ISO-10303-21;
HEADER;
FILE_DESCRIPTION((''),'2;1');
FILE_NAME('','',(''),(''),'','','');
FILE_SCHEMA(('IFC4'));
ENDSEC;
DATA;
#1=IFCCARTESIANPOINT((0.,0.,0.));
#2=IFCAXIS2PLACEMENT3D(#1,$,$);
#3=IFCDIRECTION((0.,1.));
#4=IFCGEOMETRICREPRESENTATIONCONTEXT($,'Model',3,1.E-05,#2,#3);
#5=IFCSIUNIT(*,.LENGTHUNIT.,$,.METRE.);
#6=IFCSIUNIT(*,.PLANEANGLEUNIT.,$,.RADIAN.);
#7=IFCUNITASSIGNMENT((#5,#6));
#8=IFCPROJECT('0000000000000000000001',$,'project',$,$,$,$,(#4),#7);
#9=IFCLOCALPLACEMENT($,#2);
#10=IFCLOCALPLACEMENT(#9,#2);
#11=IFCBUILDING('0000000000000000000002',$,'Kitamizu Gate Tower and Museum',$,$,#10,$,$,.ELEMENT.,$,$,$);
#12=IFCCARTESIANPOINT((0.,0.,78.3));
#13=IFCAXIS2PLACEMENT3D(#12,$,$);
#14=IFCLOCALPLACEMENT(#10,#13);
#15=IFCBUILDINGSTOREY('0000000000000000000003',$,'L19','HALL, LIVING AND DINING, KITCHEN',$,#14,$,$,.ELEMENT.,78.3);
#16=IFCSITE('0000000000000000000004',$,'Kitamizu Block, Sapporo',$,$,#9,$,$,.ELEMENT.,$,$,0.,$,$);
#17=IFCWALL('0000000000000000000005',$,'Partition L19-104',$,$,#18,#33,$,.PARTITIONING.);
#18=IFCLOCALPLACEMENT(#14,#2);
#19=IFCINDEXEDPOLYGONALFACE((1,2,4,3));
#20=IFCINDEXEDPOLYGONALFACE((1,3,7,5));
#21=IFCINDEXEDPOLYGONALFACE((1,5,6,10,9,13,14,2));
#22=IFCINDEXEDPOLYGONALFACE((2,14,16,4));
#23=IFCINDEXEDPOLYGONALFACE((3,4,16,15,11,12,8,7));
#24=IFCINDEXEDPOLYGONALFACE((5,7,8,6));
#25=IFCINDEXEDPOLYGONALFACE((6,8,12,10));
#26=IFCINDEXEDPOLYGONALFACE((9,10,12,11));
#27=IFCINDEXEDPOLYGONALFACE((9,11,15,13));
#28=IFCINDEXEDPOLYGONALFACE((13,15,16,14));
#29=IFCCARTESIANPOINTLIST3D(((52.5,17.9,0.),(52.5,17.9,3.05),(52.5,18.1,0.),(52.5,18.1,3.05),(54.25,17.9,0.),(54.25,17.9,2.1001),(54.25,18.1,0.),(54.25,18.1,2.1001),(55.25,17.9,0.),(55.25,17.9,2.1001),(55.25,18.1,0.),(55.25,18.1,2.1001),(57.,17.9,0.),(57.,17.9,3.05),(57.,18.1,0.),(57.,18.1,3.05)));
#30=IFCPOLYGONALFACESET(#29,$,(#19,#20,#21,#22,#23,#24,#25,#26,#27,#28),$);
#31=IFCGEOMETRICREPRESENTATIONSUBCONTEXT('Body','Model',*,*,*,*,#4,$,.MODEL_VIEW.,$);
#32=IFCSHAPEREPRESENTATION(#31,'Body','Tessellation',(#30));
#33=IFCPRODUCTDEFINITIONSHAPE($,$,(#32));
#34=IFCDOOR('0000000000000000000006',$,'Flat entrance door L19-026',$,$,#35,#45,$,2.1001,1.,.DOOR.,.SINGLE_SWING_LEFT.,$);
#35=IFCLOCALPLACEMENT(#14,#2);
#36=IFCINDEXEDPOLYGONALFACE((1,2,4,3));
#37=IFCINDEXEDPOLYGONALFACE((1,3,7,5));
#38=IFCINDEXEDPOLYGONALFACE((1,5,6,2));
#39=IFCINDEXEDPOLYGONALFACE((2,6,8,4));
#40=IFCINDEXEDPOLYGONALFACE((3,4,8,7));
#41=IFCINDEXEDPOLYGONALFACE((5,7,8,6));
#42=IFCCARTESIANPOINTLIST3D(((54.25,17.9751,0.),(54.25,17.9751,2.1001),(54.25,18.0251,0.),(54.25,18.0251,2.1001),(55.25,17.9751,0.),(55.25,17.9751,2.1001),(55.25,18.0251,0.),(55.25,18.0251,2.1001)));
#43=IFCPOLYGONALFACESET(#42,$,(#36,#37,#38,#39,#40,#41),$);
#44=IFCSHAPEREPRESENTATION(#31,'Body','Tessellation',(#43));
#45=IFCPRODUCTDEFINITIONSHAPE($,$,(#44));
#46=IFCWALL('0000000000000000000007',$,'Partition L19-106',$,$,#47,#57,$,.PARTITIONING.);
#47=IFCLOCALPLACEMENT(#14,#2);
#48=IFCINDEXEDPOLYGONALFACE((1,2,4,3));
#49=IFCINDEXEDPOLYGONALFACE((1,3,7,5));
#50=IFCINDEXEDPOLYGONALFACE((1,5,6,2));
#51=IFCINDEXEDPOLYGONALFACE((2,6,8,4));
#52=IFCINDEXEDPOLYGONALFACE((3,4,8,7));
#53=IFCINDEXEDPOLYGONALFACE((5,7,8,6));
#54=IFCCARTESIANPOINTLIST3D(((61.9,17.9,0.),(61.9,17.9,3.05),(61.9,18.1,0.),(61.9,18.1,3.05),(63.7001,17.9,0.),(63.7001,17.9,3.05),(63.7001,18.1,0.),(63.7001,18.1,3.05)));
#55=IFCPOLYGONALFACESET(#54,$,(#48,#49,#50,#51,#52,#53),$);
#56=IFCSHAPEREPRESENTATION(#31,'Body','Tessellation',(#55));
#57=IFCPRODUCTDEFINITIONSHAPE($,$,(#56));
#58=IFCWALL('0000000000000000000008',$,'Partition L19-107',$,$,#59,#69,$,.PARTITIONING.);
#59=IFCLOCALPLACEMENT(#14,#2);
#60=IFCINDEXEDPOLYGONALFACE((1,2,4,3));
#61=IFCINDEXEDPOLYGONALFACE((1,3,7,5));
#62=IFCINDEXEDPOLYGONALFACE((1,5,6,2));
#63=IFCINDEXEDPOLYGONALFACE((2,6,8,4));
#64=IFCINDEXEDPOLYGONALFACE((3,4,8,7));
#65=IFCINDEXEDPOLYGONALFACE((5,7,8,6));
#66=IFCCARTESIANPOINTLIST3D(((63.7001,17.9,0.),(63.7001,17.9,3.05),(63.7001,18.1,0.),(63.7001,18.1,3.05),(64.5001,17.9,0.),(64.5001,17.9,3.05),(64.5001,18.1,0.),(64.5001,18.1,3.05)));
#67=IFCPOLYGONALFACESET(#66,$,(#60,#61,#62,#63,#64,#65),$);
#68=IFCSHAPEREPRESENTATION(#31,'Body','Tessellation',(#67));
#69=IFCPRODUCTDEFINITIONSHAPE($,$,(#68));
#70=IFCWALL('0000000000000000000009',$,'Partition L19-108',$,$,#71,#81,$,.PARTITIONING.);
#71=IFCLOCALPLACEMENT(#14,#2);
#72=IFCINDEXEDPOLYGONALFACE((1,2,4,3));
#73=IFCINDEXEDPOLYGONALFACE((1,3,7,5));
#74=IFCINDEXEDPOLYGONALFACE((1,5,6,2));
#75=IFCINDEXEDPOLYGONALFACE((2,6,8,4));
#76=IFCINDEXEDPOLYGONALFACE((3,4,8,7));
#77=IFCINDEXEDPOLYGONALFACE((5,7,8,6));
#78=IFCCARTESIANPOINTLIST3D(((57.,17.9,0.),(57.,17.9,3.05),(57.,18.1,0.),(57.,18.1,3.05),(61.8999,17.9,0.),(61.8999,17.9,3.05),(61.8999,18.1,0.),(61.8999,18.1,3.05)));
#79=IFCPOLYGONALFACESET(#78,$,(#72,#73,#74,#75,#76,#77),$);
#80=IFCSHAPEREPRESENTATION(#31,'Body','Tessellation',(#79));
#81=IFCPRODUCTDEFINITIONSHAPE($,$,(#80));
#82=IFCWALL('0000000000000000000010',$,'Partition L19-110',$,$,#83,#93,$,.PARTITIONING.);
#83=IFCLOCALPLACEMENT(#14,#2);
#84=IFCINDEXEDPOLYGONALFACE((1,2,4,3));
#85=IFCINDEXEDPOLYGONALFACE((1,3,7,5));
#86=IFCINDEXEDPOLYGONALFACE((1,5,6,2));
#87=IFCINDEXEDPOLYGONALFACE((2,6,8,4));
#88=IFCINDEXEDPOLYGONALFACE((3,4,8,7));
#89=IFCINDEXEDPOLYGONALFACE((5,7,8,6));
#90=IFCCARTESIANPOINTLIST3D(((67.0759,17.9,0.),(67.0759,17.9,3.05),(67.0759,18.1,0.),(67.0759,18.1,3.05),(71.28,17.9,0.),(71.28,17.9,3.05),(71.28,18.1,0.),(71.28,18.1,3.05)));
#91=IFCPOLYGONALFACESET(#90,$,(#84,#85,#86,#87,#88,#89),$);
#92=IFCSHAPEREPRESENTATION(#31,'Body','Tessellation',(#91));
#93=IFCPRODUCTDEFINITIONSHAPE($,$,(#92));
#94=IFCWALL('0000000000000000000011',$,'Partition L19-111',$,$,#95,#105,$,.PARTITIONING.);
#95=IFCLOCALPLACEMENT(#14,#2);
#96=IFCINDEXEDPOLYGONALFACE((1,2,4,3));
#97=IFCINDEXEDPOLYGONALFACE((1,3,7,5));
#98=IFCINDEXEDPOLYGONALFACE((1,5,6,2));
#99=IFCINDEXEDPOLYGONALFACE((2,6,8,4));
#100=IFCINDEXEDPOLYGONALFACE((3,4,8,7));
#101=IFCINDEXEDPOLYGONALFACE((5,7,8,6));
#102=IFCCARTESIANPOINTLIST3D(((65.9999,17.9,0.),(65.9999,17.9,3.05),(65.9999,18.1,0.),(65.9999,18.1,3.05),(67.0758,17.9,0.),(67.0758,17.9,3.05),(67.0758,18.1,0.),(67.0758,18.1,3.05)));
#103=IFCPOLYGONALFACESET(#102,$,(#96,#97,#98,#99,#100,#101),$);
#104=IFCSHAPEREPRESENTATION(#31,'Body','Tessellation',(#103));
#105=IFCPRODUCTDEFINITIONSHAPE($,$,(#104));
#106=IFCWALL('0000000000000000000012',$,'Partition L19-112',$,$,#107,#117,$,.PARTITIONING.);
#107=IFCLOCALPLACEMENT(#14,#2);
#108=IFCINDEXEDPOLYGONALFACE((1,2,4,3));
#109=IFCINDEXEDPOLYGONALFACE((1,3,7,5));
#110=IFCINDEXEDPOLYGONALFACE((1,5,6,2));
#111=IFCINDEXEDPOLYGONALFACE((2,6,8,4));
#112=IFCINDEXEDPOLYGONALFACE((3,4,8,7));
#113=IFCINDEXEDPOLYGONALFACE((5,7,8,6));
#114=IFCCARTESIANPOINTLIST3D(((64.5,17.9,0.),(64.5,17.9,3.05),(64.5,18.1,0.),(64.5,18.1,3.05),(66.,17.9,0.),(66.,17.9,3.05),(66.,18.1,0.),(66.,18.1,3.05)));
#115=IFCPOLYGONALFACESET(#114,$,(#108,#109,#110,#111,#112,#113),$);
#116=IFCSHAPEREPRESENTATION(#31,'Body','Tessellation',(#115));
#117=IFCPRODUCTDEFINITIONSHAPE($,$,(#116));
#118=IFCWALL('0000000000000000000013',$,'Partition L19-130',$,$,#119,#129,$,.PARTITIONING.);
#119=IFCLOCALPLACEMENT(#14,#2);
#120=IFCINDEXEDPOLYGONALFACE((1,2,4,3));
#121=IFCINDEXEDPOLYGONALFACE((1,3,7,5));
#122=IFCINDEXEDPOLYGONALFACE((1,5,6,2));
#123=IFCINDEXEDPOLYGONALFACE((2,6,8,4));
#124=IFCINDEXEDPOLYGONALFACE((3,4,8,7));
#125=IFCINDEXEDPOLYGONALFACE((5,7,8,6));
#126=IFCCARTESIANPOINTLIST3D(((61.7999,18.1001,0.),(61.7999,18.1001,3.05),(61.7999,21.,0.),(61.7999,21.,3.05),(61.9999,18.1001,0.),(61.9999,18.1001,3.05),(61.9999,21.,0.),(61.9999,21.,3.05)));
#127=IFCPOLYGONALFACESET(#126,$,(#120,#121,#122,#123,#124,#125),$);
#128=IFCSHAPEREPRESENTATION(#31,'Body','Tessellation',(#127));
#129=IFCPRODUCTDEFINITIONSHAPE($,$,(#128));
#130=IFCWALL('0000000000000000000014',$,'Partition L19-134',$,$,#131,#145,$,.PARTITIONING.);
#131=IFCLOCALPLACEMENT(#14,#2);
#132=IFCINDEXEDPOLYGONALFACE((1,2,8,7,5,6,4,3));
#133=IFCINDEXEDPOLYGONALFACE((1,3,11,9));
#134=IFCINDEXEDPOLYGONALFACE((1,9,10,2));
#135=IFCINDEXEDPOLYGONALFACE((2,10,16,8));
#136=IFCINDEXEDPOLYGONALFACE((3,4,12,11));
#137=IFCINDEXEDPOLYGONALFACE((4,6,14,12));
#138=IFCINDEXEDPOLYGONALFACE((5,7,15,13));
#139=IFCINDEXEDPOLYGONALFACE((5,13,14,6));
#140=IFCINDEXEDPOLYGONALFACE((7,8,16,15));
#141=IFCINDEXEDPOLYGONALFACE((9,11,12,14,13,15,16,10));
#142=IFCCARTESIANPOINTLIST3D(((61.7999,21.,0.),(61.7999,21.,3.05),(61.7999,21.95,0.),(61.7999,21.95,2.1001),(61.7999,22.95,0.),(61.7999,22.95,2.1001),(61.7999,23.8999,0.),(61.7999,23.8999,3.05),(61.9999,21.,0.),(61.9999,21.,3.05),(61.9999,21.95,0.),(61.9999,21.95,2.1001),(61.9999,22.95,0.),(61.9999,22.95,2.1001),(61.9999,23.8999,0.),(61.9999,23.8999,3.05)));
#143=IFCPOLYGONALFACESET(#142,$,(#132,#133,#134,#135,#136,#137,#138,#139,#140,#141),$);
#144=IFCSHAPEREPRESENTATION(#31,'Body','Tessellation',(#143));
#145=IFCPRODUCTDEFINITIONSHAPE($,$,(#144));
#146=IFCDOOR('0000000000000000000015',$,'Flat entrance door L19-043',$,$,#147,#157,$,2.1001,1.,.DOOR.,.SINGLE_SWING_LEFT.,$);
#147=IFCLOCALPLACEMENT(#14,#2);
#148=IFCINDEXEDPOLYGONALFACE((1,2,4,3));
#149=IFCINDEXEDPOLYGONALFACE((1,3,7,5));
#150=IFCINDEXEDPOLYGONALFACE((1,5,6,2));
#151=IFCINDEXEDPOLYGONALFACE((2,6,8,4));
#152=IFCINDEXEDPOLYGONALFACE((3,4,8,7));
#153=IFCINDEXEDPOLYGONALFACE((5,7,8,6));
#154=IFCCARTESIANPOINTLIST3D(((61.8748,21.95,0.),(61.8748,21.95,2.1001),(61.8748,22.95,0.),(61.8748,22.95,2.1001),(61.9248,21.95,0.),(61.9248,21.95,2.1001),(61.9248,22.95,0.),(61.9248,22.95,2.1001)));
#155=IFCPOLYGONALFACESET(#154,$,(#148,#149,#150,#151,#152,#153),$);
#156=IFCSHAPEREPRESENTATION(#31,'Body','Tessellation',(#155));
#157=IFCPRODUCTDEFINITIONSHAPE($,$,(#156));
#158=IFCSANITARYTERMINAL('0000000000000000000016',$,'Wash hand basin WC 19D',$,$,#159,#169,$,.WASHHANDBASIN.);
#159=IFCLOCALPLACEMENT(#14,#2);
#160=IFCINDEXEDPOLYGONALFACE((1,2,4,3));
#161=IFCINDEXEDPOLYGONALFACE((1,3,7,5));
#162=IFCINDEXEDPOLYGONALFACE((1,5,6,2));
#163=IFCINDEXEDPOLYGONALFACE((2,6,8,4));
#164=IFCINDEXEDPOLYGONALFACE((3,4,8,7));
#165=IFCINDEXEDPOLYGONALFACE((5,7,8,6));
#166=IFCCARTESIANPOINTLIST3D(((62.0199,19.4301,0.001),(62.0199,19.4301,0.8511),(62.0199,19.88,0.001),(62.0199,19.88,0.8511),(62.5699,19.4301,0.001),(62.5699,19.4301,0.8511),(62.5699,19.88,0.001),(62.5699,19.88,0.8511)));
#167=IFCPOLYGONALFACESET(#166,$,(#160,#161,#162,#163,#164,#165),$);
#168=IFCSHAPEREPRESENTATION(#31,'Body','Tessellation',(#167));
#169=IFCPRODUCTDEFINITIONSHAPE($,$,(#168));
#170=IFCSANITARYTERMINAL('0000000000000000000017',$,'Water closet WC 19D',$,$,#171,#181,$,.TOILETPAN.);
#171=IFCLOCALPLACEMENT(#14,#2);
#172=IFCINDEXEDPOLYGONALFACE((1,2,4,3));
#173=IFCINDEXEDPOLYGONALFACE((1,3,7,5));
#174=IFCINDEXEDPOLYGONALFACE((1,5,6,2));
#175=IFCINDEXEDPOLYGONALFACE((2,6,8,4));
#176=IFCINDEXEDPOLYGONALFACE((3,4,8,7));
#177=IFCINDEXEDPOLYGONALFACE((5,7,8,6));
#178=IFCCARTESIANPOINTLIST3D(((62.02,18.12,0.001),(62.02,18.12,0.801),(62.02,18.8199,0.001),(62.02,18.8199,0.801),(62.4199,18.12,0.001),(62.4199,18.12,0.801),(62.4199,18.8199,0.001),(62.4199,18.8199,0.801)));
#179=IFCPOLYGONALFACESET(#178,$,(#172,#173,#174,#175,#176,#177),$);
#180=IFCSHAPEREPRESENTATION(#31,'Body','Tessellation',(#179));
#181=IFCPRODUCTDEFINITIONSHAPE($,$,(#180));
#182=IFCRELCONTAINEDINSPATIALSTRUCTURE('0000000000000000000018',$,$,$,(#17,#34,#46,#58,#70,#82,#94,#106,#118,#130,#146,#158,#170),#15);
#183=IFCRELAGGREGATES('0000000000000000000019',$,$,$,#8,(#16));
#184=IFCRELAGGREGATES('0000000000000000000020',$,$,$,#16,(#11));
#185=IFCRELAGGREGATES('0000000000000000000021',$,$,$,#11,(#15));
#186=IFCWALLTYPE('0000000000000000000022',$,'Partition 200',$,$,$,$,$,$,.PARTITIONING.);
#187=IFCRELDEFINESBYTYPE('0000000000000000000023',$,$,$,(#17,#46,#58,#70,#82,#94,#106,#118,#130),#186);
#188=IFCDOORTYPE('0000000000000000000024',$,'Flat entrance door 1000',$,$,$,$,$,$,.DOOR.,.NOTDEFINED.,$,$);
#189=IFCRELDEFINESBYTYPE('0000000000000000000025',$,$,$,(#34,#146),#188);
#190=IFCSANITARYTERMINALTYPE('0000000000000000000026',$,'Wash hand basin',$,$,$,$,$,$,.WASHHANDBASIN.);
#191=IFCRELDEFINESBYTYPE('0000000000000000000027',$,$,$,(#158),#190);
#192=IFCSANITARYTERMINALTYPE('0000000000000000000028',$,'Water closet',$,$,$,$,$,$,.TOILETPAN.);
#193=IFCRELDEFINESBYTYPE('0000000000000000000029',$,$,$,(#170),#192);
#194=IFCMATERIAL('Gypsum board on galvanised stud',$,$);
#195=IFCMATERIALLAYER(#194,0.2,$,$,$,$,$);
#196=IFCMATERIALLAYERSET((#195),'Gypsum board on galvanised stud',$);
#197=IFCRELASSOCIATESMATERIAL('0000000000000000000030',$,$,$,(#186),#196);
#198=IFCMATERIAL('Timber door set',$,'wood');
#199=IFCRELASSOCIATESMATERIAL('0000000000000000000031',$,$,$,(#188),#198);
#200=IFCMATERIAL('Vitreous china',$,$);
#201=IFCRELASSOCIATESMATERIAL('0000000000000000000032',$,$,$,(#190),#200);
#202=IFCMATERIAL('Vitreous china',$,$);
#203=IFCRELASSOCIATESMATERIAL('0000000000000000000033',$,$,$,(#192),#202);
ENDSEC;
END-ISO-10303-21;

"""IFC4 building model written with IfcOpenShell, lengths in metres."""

from ifc_helpers import new_model, si_unit, direction, frame, frame_2d, origin, origin_2d, place, context, subcontext, project, spatial, rectangle, extrude, material, layer, layer_set, type_object, element, fill, save


model = new_model("IFC4")

# Units and contexts
model_context = context("Model", 3, precision=1e-05, world=origin(), true_north=direction((0.0, 1.0)))
body_context = subcontext(model_context, "Body", "Model", "MODEL_VIEW")
ifc_project = project(units=[si_unit("LENGTHUNIT", "METRE"), si_unit("PLANEANGLEUNIT", "RADIAN")], contexts=[model_context])

# Site, building, storey
site_placement = place(None, origin())
site = spatial("IfcSite", under=ifc_project, at=site_placement, Name="Kitamizu Block, Sapporo", CompositionType="ELEMENT", RefElevation=0.0)
building_placement = place(site_placement, origin())
building = spatial("IfcBuilding", under=site, at=building_placement, Name="Kitamizu Gate Tower and Museum", CompositionType="ELEMENT")
storey_placement = place(building_placement, frame((0.0, 0.0, 78.3)))
storey = spatial("IfcBuildingStorey", under=building, at=storey_placement, Name="L19", Description="HALL, LIVING AND DINING, KITCHEN", CompositionType="ELEMENT", Elevation=78.3)

# Wall, opening, door
ifc_material_1 = material(Name="Gypsum board on galvanised stud")
ifc_layer_1 = layer(ifc_material_1, 0.2)
ifc_layer_set_1 = layer_set([ifc_layer_1], Name="Gypsum board on galvanised stud")
wall_type_1 = type_object("IfcWallType", Name="Partition 200", PredefinedType="PARTITIONING", material=ifc_layer_set_1)
wall_1_placement = place(storey_placement, frame((57.0, 18.0, 0.0), z_axis=(0.0, 0.0, 1.0), x_axis=(-1.0, 0.0, 0.0)))
wall_1 = element("IfcWall", 1, at=wall_1_placement, inside=storey, type_object=wall_type_1, Name="Partition L19-104", PredefinedType="PARTITIONING", context=body_context, shape_type="SweptSolid", body=[
    extrude(rectangle(XDim=4.5, YDim=0.2, at=frame_2d((2.25, 0.0))), origin(), (0.0, 0.0, 1.0), 3.05),
])
opening_1_placement = place(wall_1_placement, frame((1.75, 0.0, 0.0)))
opening_1 = element("IfcOpeningElement", 2, at=opening_1_placement, cuts=wall_1, PredefinedType="OPENING", context=body_context, shape_type="SweptSolid", body=[
    extrude(rectangle(XDim=1.0, YDim=2.1001, at=frame_2d((0.5, 1.05))), frame((0.0, 0.1099, 0.0), z_axis=(0.0, -1.0, 0.0), x_axis=(1.0, 0.0, 0.0)), (0.0, 0.0, 1.0), 0.22),
])
ifc_material_2 = material(Name="Timber door set", Category="wood")
door_type_1 = type_object("IfcDoorType", Name="Flat entrance door 1000", OperationType="NOTDEFINED", PredefinedType="DOOR", material=ifc_material_2)
door_1_placement = place(opening_1_placement, origin())
door_1 = element("IfcDoor", 3, at=door_1_placement, inside=storey, type_object=door_type_1, Name="Flat entrance door L19-026", OperationType="SINGLE_SWING_LEFT", OverallHeight=2.1001, OverallWidth=1.0, PredefinedType="DOOR", context=body_context, shape_type="SweptSolid", body=[
    extrude(rectangle(XDim=1.0, YDim=2.1001, at=frame_2d((0.5, 1.05))), frame((0.0, 0.0249, 0.0), z_axis=(0.0, -1.0, 0.0), x_axis=(1.0, 0.0, 0.0)), (0.0, 0.0, 1.0), 0.05),
])
fill(opening_1, door_1)

# Walls
wall_2_placement = place(storey_placement, frame((63.7, 18.0, 0.0), z_axis=(0.0, 0.0, 1.0), x_axis=(-1.0, 0.0, 0.0)))
element("IfcWall", 4, at=wall_2_placement, inside=storey, type_object=wall_type_1, Name="Partition L19-106", PredefinedType="PARTITIONING", context=body_context, shape_type="SweptSolid", body=[
    extrude(rectangle(XDim=1.8, YDim=0.2, at=frame_2d((0.8999, 0.0))), origin(), (0.0, 0.0, 1.0), 3.05),
])
wall_3_placement = place(storey_placement, frame((64.5, 18.0, 0.0), z_axis=(0.0, 0.0, 1.0), x_axis=(-1.0, 0.0, 0.0)))
element("IfcWall", 5, at=wall_3_placement, inside=storey, type_object=wall_type_1, Name="Partition L19-107", PredefinedType="PARTITIONING", context=body_context, shape_type="SweptSolid", body=[
    extrude(rectangle(XDim=0.8, YDim=0.2, at=frame_2d((0.3999, 0.0))), origin(), (0.0, 0.0, 1.0), 3.05),
])
wall_4_placement = place(storey_placement, frame((61.8999, 18.0, 0.0), z_axis=(0.0, 0.0, 1.0), x_axis=(-1.0, 0.0, 0.0)))
element("IfcWall", 6, at=wall_4_placement, inside=storey, type_object=wall_type_1, Name="Partition L19-108", PredefinedType="PARTITIONING", context=body_context, shape_type="SweptSolid", body=[
    extrude(rectangle(XDim=4.8999, YDim=0.2, at=frame_2d((2.45, 0.0))), origin(), (0.0, 0.0, 1.0), 3.05),
])
wall_5_placement = place(storey_placement, frame((71.28, 18.0, 0.0), z_axis=(0.0, 0.0, 1.0), x_axis=(-1.0, 0.0, 0.0)))
element("IfcWall", 7, at=wall_5_placement, inside=storey, type_object=wall_type_1, Name="Partition L19-110", PredefinedType="PARTITIONING", context=body_context, shape_type="SweptSolid", body=[
    extrude(rectangle(XDim=4.2041, YDim=0.2, at=frame_2d((2.1021, 0.0))), origin(), (0.0, 0.0, 1.0), 3.05),
])
wall_6_placement = place(storey_placement, frame((67.0759, 18.0, 0.0), z_axis=(0.0, 0.0, 1.0), x_axis=(-1.0, 0.0, 0.0)))
element("IfcWall", 8, at=wall_6_placement, inside=storey, type_object=wall_type_1, Name="Partition L19-111", PredefinedType="PARTITIONING", context=body_context, shape_type="SweptSolid", body=[
    extrude(rectangle(XDim=1.0759, YDim=0.2, at=frame_2d((0.5381, 0.0))), origin(), (0.0, 0.0, 1.0), 3.05),
])
wall_7_placement = place(storey_placement, frame((66.0, 18.0, 0.0), z_axis=(0.0, 0.0, 1.0), x_axis=(-1.0, 0.0, 0.0)))
element("IfcWall", 9, at=wall_7_placement, inside=storey, type_object=wall_type_1, Name="Partition L19-112", PredefinedType="PARTITIONING", context=body_context, shape_type="SweptSolid", body=[
    extrude(rectangle(XDim=1.5, YDim=0.2, at=frame_2d((0.75, 0.0))), origin(), (0.0, 0.0, 1.0), 3.05),
])
wall_8_placement = place(storey_placement, frame((61.8999, 21.0, 0.0), z_axis=(0.0, 0.0, 1.0), x_axis=(0.0, -1.0, 0.0)))
element("IfcWall", 10, at=wall_8_placement, inside=storey, type_object=wall_type_1, Name="Partition L19-130", PredefinedType="PARTITIONING", context=body_context, shape_type="SweptSolid", body=[
    extrude(rectangle(XDim=2.8999, YDim=0.2, at=frame_2d((1.45, 0.0))), origin(), (0.0, 0.0, 1.0), 3.05),
])

# Wall, opening, door
wall_9_placement = place(storey_placement, frame((61.8999, 23.8999, 0.0), z_axis=(0.0, 0.0, 1.0), x_axis=(0.0, -1.0, 0.0)))
wall_9 = element("IfcWall", 11, at=wall_9_placement, inside=storey, type_object=wall_type_1, Name="Partition L19-134", PredefinedType="PARTITIONING", context=body_context, shape_type="SweptSolid", body=[
    extrude(rectangle(XDim=2.8999, YDim=0.2, at=frame_2d((1.45, 0.0))), origin(), (0.0, 0.0, 1.0), 3.05),
])
opening_2_placement = place(wall_9_placement, frame((0.95, 0.0, 0.0)))
opening_2 = element("IfcOpeningElement", 12, at=opening_2_placement, cuts=wall_9, PredefinedType="OPENING", context=body_context, shape_type="SweptSolid", body=[
    extrude(rectangle(XDim=1.0, YDim=2.1001, at=frame_2d((0.5, 1.05))), frame((0.0, 0.1099, 0.0), z_axis=(0.0, -1.0, 0.0), x_axis=(1.0, 0.0, 0.0)), (0.0, 0.0, 1.0), 0.22),
])
door_2_placement = place(opening_2_placement, origin())
door_2 = element("IfcDoor", 13, at=door_2_placement, inside=storey, type_object=door_type_1, Name="Flat entrance door L19-043", OperationType="SINGLE_SWING_LEFT", OverallHeight=2.1001, OverallWidth=1.0, PredefinedType="DOOR", context=body_context, shape_type="SweptSolid", body=[
    extrude(rectangle(XDim=1.0, YDim=2.1001, at=frame_2d((0.5, 1.05))), frame((0.0, 0.0249, 0.0), z_axis=(0.0, -1.0, 0.0), x_axis=(1.0, 0.0, 0.0)), (0.0, 0.0, 1.0), 0.05),
])
fill(opening_2, door_2)

# Sanitary terminals
ifc_material_3 = material(Name="Vitreous china")
sanitary_terminal_type_1 = type_object("IfcSanitaryTerminalType", Name="Wash hand basin", PredefinedType="WASHHANDBASIN", material=ifc_material_3)
sanitary_terminal_1_placement = place(storey_placement, frame((62.2949, 19.655, 0.001), z_axis=(0.0, 0.0, 1.0), x_axis=(1.0, 0.0, 0.0)))
element("IfcSanitaryTerminal", 14, at=sanitary_terminal_1_placement, inside=storey, type_object=sanitary_terminal_type_1, Name="Wash hand basin WC 19D", PredefinedType="WASHHANDBASIN", context=body_context, shape_type="SweptSolid", body=[
    extrude(rectangle(XDim=0.55, YDim=0.45, at=origin_2d()), origin(), (0.0, 0.0, 1.0), 0.8501),
])
ifc_material_4 = material(Name="Vitreous china")
sanitary_terminal_type_2 = type_object("IfcSanitaryTerminalType", Name="Water closet", PredefinedType="TOILETPAN", material=ifc_material_4)
sanitary_terminal_2_placement = place(storey_placement, frame((62.22, 18.47, 0.001), z_axis=(0.0, 0.0, 1.0), x_axis=(1.0, 0.0, 0.0)))
element("IfcSanitaryTerminal", 15, at=sanitary_terminal_2_placement, inside=storey, type_object=sanitary_terminal_type_2, Name="Water closet WC 19D", PredefinedType="TOILETPAN", context=body_context, shape_type="SweptSolid", body=[
    extrude(rectangle(XDim=0.3999, YDim=0.7, at=origin_2d()), origin(), (0.0, 0.0, 1.0), 0.8),
])

save(model, "model.ifc")
